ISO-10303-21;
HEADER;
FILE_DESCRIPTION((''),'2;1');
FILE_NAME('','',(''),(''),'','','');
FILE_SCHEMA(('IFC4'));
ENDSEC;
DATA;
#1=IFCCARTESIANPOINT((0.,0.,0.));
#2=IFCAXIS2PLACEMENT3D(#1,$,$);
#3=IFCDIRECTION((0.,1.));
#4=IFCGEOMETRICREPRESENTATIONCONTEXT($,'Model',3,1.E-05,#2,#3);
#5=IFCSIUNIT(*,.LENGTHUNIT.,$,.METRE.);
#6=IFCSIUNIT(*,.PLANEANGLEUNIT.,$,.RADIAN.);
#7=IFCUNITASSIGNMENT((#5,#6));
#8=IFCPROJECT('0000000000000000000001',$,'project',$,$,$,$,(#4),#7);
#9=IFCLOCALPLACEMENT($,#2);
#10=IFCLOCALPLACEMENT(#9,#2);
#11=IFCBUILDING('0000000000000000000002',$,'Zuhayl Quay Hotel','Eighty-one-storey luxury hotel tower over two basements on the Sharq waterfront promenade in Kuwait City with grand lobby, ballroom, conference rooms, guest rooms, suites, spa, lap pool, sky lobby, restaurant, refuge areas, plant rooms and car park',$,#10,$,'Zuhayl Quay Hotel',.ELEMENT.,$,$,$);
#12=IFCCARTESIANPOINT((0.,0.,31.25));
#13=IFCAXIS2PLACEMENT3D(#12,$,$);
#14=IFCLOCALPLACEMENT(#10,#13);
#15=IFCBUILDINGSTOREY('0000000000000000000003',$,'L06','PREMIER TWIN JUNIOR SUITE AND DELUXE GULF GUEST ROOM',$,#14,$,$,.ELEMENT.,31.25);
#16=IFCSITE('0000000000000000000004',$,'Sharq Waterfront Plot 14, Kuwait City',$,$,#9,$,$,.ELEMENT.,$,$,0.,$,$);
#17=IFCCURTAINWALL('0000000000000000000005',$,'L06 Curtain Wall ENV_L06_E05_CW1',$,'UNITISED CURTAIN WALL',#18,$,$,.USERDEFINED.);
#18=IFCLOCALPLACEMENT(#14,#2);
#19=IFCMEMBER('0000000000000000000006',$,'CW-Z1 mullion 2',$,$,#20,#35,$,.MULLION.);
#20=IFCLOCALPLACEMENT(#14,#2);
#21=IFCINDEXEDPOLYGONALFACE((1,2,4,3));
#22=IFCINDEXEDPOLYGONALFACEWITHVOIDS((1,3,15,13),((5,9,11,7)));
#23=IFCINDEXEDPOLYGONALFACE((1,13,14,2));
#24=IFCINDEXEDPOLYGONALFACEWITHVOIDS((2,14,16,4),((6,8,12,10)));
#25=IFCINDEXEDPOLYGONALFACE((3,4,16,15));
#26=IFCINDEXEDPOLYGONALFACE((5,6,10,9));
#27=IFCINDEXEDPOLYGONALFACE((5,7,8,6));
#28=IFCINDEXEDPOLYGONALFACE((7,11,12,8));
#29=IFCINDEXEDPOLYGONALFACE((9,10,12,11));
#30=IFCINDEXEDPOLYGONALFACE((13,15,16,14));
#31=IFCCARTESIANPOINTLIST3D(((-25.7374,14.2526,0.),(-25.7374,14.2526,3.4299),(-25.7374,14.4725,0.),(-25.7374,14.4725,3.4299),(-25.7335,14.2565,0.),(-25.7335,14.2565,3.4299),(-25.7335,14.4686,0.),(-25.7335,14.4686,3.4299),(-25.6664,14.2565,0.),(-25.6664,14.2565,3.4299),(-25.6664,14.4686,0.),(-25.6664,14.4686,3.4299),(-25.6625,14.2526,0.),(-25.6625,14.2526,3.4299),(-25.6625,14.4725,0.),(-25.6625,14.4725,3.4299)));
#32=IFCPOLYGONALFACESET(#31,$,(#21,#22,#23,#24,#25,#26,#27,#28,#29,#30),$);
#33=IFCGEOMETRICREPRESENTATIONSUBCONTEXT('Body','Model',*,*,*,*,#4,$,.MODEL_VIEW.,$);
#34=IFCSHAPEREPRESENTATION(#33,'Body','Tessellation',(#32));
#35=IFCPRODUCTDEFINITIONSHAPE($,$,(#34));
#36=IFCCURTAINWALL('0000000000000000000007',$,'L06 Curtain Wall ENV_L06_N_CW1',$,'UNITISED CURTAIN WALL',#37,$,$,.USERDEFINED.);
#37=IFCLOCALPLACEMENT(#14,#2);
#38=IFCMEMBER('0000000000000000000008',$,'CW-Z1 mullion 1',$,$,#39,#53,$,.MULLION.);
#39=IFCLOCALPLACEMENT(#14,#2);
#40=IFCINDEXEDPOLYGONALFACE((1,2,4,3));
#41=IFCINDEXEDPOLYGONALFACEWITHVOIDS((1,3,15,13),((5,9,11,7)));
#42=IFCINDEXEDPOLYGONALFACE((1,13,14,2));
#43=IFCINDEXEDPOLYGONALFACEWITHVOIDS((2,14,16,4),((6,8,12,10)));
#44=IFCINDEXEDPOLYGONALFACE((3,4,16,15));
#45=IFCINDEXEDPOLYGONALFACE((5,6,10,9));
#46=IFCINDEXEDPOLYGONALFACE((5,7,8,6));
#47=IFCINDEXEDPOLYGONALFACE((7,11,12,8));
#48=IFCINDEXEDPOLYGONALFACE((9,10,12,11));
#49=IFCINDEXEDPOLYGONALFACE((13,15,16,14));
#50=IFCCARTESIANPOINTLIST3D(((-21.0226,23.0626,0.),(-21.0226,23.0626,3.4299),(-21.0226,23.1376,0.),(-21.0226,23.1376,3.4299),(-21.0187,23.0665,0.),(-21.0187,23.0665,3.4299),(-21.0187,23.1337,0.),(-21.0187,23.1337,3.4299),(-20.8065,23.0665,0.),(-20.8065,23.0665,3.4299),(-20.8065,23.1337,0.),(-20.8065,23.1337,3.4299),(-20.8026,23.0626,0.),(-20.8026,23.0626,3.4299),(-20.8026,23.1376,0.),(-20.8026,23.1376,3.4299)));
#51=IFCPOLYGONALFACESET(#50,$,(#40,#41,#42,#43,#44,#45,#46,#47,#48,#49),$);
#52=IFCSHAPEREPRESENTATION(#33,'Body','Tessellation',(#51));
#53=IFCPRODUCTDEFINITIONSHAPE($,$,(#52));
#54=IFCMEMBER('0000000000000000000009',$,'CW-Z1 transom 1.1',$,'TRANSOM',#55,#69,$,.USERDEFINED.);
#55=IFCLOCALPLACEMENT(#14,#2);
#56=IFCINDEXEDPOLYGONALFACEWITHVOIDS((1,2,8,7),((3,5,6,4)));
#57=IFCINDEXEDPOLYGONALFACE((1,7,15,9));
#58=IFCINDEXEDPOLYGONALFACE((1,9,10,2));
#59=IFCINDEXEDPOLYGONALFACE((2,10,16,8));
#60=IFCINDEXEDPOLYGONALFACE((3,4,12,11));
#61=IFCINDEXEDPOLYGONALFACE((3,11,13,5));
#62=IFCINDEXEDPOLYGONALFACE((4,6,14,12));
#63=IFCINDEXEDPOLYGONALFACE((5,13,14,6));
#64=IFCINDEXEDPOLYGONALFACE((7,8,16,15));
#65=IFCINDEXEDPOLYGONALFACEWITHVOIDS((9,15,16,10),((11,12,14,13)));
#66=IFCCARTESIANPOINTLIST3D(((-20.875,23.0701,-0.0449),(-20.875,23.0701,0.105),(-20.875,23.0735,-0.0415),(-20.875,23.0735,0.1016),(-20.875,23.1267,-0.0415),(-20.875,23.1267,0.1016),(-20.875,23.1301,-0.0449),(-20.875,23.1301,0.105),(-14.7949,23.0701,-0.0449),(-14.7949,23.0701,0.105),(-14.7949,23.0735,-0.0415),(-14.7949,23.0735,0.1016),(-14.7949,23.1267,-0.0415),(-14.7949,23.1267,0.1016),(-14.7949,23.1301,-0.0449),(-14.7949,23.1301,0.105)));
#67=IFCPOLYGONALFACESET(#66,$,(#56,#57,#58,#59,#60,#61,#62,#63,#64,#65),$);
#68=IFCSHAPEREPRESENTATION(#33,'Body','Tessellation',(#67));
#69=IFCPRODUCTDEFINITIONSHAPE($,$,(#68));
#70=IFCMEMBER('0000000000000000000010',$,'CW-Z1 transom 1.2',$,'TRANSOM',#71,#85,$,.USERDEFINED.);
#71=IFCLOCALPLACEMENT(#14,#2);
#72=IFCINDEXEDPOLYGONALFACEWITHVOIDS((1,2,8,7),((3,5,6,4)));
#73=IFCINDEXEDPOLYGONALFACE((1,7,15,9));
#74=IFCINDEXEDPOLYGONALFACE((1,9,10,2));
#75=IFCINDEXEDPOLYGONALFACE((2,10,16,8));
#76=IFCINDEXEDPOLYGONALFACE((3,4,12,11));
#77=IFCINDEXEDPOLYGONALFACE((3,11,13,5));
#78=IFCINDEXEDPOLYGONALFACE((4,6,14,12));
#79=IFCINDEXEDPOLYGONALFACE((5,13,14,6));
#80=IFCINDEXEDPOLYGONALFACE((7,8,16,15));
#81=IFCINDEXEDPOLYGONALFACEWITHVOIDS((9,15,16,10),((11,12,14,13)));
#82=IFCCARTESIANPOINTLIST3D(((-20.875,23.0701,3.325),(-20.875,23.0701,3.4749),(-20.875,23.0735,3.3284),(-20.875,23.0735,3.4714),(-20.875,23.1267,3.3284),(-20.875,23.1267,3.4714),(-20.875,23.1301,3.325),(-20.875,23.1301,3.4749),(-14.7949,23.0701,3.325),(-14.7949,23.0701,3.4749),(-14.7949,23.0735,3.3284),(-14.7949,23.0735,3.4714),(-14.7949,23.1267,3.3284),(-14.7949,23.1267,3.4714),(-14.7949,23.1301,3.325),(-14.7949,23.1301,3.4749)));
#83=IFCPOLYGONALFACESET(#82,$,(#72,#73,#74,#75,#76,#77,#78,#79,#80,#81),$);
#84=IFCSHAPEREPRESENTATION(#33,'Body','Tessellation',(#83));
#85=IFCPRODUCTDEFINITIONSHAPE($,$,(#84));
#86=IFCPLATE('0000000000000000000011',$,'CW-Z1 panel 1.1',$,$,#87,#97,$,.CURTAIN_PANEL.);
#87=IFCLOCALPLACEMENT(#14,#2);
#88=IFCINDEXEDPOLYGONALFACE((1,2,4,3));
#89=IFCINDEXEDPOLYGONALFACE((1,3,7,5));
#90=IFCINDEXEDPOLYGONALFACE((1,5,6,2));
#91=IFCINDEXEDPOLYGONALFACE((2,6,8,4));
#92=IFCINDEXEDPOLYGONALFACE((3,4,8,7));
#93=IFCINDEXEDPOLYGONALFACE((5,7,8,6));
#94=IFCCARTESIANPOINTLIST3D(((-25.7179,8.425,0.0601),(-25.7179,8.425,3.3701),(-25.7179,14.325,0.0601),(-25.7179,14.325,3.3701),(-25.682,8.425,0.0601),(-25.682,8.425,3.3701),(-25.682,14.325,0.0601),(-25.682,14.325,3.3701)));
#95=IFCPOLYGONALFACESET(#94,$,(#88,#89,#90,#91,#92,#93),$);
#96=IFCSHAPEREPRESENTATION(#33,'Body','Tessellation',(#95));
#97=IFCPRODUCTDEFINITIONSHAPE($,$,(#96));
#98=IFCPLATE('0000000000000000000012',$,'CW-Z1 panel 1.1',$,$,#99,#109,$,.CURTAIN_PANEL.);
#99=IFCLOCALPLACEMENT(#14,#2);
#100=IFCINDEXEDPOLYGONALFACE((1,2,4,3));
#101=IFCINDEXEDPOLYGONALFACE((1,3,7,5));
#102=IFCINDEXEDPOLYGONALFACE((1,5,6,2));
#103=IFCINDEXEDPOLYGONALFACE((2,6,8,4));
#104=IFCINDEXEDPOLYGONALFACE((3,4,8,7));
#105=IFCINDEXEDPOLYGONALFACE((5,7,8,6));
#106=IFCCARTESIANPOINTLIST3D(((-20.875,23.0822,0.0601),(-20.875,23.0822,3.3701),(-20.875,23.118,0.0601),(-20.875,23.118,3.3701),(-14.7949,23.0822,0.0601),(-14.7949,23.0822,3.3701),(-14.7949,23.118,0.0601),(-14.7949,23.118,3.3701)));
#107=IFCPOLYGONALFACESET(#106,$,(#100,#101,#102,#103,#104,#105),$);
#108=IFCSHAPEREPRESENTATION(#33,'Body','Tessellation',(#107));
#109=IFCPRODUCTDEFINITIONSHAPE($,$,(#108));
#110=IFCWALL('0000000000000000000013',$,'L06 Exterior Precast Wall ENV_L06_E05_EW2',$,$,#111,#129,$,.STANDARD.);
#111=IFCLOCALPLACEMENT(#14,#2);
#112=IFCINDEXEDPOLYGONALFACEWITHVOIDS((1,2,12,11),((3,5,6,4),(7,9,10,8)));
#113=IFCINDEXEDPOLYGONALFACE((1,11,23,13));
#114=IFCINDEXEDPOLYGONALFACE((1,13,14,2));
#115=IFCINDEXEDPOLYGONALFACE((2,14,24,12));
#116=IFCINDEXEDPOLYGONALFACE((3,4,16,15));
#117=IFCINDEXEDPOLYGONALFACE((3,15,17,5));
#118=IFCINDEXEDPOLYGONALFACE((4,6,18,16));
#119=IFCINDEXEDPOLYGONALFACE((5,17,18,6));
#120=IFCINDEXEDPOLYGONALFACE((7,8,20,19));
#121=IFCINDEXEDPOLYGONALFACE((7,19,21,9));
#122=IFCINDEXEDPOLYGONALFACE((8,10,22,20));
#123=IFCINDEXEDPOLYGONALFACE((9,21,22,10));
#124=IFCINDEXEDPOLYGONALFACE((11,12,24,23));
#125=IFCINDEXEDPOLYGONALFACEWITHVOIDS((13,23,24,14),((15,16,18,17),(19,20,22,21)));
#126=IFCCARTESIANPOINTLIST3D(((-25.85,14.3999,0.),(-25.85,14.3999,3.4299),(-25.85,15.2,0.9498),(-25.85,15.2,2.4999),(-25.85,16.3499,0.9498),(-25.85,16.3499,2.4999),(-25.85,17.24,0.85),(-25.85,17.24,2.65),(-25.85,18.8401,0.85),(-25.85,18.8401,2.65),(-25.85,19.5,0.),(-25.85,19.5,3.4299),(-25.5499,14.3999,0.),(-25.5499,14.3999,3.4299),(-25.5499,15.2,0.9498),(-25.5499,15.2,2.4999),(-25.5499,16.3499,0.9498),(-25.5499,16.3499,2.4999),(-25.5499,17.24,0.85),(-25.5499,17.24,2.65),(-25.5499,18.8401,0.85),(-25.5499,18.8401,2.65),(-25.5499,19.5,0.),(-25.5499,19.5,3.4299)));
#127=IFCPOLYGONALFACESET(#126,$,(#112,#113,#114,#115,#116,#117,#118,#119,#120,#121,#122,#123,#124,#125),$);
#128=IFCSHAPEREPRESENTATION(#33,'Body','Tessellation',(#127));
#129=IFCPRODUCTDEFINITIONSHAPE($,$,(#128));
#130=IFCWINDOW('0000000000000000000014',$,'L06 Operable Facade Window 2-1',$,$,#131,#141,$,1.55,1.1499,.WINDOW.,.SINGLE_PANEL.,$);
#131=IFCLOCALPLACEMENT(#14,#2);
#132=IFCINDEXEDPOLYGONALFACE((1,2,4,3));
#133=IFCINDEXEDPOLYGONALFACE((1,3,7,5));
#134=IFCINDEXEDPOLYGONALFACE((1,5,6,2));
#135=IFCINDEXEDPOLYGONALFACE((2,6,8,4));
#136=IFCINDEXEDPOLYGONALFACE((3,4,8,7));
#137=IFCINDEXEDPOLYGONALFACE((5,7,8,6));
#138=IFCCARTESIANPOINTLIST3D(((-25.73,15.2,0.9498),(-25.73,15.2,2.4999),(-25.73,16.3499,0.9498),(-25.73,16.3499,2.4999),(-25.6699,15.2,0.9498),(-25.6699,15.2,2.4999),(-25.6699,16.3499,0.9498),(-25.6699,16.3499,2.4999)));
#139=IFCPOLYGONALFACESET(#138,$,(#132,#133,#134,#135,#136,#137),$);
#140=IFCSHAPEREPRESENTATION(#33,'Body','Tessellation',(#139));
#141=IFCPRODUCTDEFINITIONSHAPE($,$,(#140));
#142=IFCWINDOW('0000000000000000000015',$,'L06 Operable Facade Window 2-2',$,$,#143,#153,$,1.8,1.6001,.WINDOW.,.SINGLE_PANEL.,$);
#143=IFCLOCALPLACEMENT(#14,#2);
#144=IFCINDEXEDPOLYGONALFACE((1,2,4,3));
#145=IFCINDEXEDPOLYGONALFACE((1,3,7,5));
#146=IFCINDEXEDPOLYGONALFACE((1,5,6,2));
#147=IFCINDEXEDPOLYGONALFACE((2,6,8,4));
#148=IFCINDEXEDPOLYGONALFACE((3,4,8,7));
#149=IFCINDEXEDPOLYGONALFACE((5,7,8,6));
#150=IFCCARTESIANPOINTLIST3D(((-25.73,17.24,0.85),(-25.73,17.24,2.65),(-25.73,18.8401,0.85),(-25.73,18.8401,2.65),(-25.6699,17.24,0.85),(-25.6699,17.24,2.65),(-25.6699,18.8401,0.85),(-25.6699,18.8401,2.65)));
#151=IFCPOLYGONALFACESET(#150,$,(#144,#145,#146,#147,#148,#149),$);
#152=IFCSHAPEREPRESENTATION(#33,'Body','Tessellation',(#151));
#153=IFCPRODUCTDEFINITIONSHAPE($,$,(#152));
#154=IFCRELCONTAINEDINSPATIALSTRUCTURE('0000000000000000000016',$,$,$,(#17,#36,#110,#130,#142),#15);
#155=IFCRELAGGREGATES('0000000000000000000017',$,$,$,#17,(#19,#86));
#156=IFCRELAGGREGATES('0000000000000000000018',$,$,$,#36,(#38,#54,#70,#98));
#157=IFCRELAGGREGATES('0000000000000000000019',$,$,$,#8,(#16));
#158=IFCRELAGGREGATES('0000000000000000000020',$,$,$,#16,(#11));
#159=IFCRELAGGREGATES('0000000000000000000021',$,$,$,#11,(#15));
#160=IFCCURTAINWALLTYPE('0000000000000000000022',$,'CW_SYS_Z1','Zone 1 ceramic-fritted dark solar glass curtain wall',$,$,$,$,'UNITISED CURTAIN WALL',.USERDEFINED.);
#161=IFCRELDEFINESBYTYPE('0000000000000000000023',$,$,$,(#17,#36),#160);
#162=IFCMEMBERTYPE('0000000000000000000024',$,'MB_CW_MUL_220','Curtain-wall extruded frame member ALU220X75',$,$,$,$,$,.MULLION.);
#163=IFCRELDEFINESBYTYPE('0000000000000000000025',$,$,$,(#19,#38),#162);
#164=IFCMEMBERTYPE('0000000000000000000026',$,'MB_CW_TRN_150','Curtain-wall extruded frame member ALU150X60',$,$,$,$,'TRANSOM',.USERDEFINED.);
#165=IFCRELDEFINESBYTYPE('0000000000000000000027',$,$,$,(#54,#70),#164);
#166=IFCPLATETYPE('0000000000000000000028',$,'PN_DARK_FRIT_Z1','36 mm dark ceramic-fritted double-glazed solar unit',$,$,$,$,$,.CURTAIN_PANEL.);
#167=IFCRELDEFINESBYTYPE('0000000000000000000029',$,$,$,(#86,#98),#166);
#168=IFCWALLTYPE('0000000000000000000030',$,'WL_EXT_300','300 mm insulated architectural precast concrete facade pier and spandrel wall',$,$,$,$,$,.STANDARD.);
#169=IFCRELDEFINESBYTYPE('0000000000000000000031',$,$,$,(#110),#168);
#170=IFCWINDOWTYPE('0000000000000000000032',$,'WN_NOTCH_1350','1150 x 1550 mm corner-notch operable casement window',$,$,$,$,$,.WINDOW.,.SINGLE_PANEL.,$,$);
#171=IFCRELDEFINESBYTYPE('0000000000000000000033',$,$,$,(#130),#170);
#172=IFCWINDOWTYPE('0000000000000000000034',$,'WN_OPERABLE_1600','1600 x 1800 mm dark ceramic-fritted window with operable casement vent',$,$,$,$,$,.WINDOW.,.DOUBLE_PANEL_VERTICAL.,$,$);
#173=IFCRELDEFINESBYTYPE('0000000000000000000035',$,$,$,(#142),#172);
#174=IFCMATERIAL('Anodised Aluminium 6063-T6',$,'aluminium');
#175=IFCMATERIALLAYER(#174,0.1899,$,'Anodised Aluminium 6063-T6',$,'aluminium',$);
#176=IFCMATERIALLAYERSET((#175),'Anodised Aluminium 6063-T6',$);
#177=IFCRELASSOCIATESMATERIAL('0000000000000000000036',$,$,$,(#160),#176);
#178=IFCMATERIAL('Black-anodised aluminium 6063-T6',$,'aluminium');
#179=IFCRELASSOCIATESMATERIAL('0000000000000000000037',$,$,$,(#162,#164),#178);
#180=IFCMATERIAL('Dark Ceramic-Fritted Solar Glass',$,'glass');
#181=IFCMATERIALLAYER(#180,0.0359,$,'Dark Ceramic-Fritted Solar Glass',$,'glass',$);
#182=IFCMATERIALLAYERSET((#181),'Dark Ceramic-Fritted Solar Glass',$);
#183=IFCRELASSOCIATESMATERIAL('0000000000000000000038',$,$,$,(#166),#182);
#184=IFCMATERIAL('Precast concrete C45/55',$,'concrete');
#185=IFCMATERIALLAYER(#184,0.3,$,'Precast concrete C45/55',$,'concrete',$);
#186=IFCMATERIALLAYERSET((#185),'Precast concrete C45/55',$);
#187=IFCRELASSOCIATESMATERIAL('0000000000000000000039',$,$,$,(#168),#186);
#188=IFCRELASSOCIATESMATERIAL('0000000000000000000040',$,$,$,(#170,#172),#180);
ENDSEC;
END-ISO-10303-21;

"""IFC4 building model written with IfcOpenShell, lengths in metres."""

from ifc_helpers import new_model, si_unit, direction, frame, frame_2d, origin, origin_2d, place, context, subcontext, project, spatial, rectangle, hollow_rectangle, extrude, material, layer, layer_set, material_profile, profile_set, type_object, element, fill, aggregate, save


model = new_model("IFC4")

# Units and contexts
model_context = context("Model", 3, precision=1e-05, world=origin(), true_north=direction((0.0, 1.0)))
body_context = subcontext(model_context, "Body", "Model", "MODEL_VIEW")
ifc_project = project(units=[si_unit("LENGTHUNIT", "METRE"), si_unit("PLANEANGLEUNIT", "RADIAN")], contexts=[model_context])

# Site, building, storey
site_placement = place(None, origin())
site = spatial("IfcSite", under=ifc_project, at=site_placement, Name="Sharq Waterfront Plot 14, Kuwait City", CompositionType="ELEMENT", RefElevation=0.0)
building_placement = place(site_placement, origin())
building = spatial("IfcBuilding", under=site, at=building_placement, Name="Zuhayl Quay Hotel", Description="Eighty-one-storey luxury hotel tower over two basements on the Sharq waterfront promenade in Kuwait City with grand lobby, ballroom, conference rooms, guest rooms, suites, spa, lap pool, sky lobby, restaurant, refuge areas, plant rooms and car park", LongName="Zuhayl Quay Hotel", CompositionType="ELEMENT")
storey_placement = place(building_placement, frame((0.0, 0.0, 31.25)))
storey = spatial("IfcBuildingStorey", under=building, at=storey_placement, Name="L06", Description="PREMIER TWIN JUNIOR SUITE AND DELUXE GULF GUEST ROOM", CompositionType="ELEMENT", Elevation=31.25)

# Curtain wall, member
ifc_material_1 = material(Name="Anodised Aluminium 6063-T6", Category="aluminium")
ifc_layer_1 = layer(ifc_material_1, 0.1899, Name="Anodised Aluminium 6063-T6", Category="aluminium")
ifc_layer_set_1 = layer_set([ifc_layer_1], Name="Anodised Aluminium 6063-T6")
curtain_wall_type = type_object("IfcCurtainWallType", Name="CW_SYS_Z1", Description="Zone 1 ceramic-fritted dark solar glass curtain wall", ElementType="UNITISED CURTAIN WALL", PredefinedType="USERDEFINED", material=ifc_layer_set_1)
curtain_wall_1_placement = place(storey_placement, origin())
curtain_wall_1 = element("IfcCurtainWall", 1, at=curtain_wall_1_placement, inside=storey, type_object=curtain_wall_type, Name="L06 Curtain Wall ENV_L06_E05_CW1", ObjectType="UNITISED CURTAIN WALL", PredefinedType="USERDEFINED")
ifc_material_2 = material(Name="Black-anodised aluminium 6063-T6", Category="aluminium")
ifc_material_profile_1 = material_profile(ifc_material_2, hollow_rectangle(XDim=0.075, YDim=0.22, WallThickness=0.0039, at=origin_2d()), Name="ALU220X75")
ifc_profile_set_1 = profile_set([ifc_material_profile_1], Name="Black-anodised aluminium 6063-T6")
member_type_1 = type_object("IfcMemberType", Name="MB_CW_MUL_220", Description="Curtain-wall extruded frame member ALU220X75", PredefinedType="MULLION", material=ifc_profile_set_1)
member_1_placement = place(storey_placement, frame((-25.7, 14.3625, 0.0), z_axis=(0.0, 0.0, 1.0), x_axis=(-1.0, 0.0, 0.0)))
member_1 = element("IfcMember", 2, at=member_1_placement, type_object=member_type_1, Name="CW-Z1 mullion 2", PredefinedType="MULLION", context=body_context, shape_type="SweptSolid", body=[
    extrude(hollow_rectangle(XDim=0.075, YDim=0.22, WallThickness=0.0039, at=origin_2d()), origin(), (0.0, 0.0, 1.0), 3.4299),
])

# Curtain wall, members
curtain_wall_2_placement = place(storey_placement, origin())
curtain_wall_2 = element("IfcCurtainWall", 3, at=curtain_wall_2_placement, inside=storey, type_object=curtain_wall_type, Name="L06 Curtain Wall ENV_L06_N_CW1", ObjectType="UNITISED CURTAIN WALL", PredefinedType="USERDEFINED")
member_2_placement = place(storey_placement, frame((-20.9126, 23.1001, 0.0), z_axis=(0.0, 0.0, 1.0), x_axis=(0.0, 1.0, 0.0)))
member_2 = element("IfcMember", 4, at=member_2_placement, type_object=member_type_1, Name="CW-Z1 mullion 1", PredefinedType="MULLION", context=body_context, shape_type="SweptSolid", body=[
    extrude(hollow_rectangle(XDim=0.075, YDim=0.22, WallThickness=0.0039, at=origin_2d()), origin(), (0.0, 0.0, 1.0), 3.4299),
])
ifc_material_profile_2 = material_profile(ifc_material_2, hollow_rectangle(XDim=0.0601, YDim=0.1499, WallThickness=0.0034, at=origin_2d()), Name="ALU150X60")
ifc_profile_set_2 = profile_set([ifc_material_profile_2], Name="Black-anodised aluminium 6063-T6")
member_type_2 = type_object("IfcMemberType", Name="MB_CW_TRN_150", Description="Curtain-wall extruded frame member ALU150X60", ElementType="TRANSOM", PredefinedType="USERDEFINED", material=ifc_profile_set_2)
member_3_placement = place(storey_placement, frame((-20.875, 23.1001, 0.03), z_axis=(1.0, 0.0, 0.0), x_axis=(0.0, 1.0, 0.0)))
member_3 = element("IfcMember", 5, at=member_3_placement, type_object=member_type_2, Name="CW-Z1 transom 1.1", ObjectType="TRANSOM", PredefinedType="USERDEFINED", context=body_context, shape_type="SweptSolid", body=[
    extrude(hollow_rectangle(XDim=0.0601, YDim=0.1499, WallThickness=0.0034, at=origin_2d()), origin(), (0.0, 0.0, 1.0), 6.0801),
])
member_4_placement = place(storey_placement, frame((-20.875, 23.1001, 3.3999), z_axis=(1.0, 0.0, 0.0), x_axis=(0.0, 1.0, 0.0)))
member_4 = element("IfcMember", 6, at=member_4_placement, type_object=member_type_2, Name="CW-Z1 transom 1.2", ObjectType="TRANSOM", PredefinedType="USERDEFINED", context=body_context, shape_type="SweptSolid", body=[
    extrude(hollow_rectangle(XDim=0.0601, YDim=0.1499, WallThickness=0.0034, at=origin_2d()), origin(), (0.0, 0.0, 1.0), 6.0801),
])

# Plates
ifc_material_3 = material(Name="Dark Ceramic-Fritted Solar Glass", Category="glass")
ifc_layer_2 = layer(ifc_material_3, 0.0359, Name="Dark Ceramic-Fritted Solar Glass", Category="glass")
ifc_layer_set_2 = layer_set([ifc_layer_2], Name="Dark Ceramic-Fritted Solar Glass")
plate_type = type_object("IfcPlateType", Name="PN_DARK_FRIT_Z1", Description="36 mm dark ceramic-fritted double-glazed solar unit", PredefinedType="CURTAIN_PANEL", material=ifc_layer_set_2)
plate_1_placement = place(storey_placement, frame((-25.7, 11.375, 0.0601), z_axis=(0.0, 0.0, 1.0), x_axis=(0.0, 1.0, 0.0)))
plate_1 = element("IfcPlate", 7, at=plate_1_placement, type_object=plate_type, Name="CW-Z1 panel 1.1", PredefinedType="CURTAIN_PANEL", context=body_context, shape_type="SweptSolid", body=[
    extrude(rectangle(XDim=5.8999, YDim=0.0359, at=origin_2d()), origin(), (0.0, 0.0, 1.0), 3.3101),
])
aggregate(curtain_wall_1, [member_1, plate_1])
plate_2_placement = place(storey_placement, frame((-17.835, 23.1001, 0.0601), z_axis=(0.0, 0.0, 1.0), x_axis=(1.0, 0.0, 0.0)))
plate_2 = element("IfcPlate", 8, at=plate_2_placement, type_object=plate_type, Name="CW-Z1 panel 1.1", PredefinedType="CURTAIN_PANEL", context=body_context, shape_type="SweptSolid", body=[
    extrude(rectangle(XDim=6.0801, YDim=0.0359, at=origin_2d()), origin(), (0.0, 0.0, 1.0), 3.3101),
])
aggregate(curtain_wall_2, [member_2, member_3, member_4, plate_2])

# Wall, openings, windows
ifc_material_4 = material(Name="Precast concrete C45/55", Category="concrete")
ifc_layer_3 = layer(ifc_material_4, 0.3, Name="Precast concrete C45/55", Category="concrete")
ifc_layer_set_3 = layer_set([ifc_layer_3], Name="Precast concrete C45/55")
wall_type_1 = type_object("IfcWallType", Name="WL_EXT_300", Description="300 mm insulated architectural precast concrete facade pier and spandrel wall", PredefinedType="STANDARD", material=ifc_layer_set_3)
wall_1_placement = place(storey_placement, frame((-25.7, 14.3999, 0.0), z_axis=(0.0, 0.0, 1.0), x_axis=(0.0, 1.0, 0.0)))
wall_1 = element("IfcWall", 9, at=wall_1_placement, inside=storey, type_object=wall_type_1, Name="L06 Exterior Precast Wall ENV_L06_E05_EW2", PredefinedType="STANDARD", context=body_context, shape_type="SweptSolid", body=[
    extrude(rectangle(XDim=5.1001, YDim=0.3, at=frame_2d((2.55, 0.0))), origin(), (0.0, 0.0, 1.0), 3.4299),
])
opening_1_placement = place(wall_1_placement, frame((0.8, 0.0, 0.95)))
opening_1 = element("IfcOpeningElement", 10, at=opening_1_placement, cuts=wall_1, PredefinedType="OPENING", context=body_context, shape_type="SweptSolid", body=[
    extrude(rectangle(XDim=1.1499, YDim=1.55, at=frame_2d((0.575, 0.7749))), frame((0.0, 0.1599, 0.0), z_axis=(0.0, -1.0, 0.0), x_axis=(1.0, 0.0, 0.0)), (0.0, 0.0, 1.0), 0.3201),
])
opening_2_placement = place(wall_1_placement, frame((2.8401, 0.0, 0.8501)))
opening_2 = element("IfcOpeningElement", 11, at=opening_2_placement, cuts=wall_1, PredefinedType="OPENING", context=body_context, shape_type="SweptSolid", body=[
    extrude(rectangle(XDim=1.6001, YDim=1.8, at=frame_2d((0.8, 0.8999))), frame((0.0, 0.1599, 0.0), z_axis=(0.0, -1.0, 0.0), x_axis=(1.0, 0.0, 0.0)), (0.0, 0.0, 1.0), 0.3201),
])
window_type_1 = type_object("IfcWindowType", Name="WN_NOTCH_1350", Description="1150 x 1550 mm corner-notch operable casement window", PartitioningType="SINGLE_PANEL", PredefinedType="WINDOW", material=ifc_material_3)
window_1_placement = place(opening_1_placement, origin())
window_1 = element("IfcWindow", 12, at=window_1_placement, inside=storey, type_object=window_type_1, Name="L06 Operable Facade Window 2-1", OverallHeight=1.55, OverallWidth=1.1499, PartitioningType="SINGLE_PANEL", PredefinedType="WINDOW", context=body_context, shape_type="SweptSolid", body=[
    extrude(rectangle(XDim=1.1499, YDim=1.55, at=frame_2d((0.575, 0.7749))), frame((0.0, 0.03, 0.0), z_axis=(0.0, -1.0, 0.0), x_axis=(1.0, 0.0, 0.0)), (0.0, 0.0, 1.0), 0.0601),
])
fill(opening_1, window_1)
window_type_2 = type_object("IfcWindowType", Name="WN_OPERABLE_1600", Description="1600 x 1800 mm dark ceramic-fritted window with operable casement vent", PartitioningType="DOUBLE_PANEL_VERTICAL", PredefinedType="WINDOW", material=ifc_material_3)
window_2_placement = place(opening_2_placement, origin())
window_2 = element("IfcWindow", 13, at=window_2_placement, inside=storey, type_object=window_type_2, Name="L06 Operable Facade Window 2-2", OverallHeight=1.8, OverallWidth=1.6001, PartitioningType="SINGLE_PANEL", PredefinedType="WINDOW", context=body_context, shape_type="SweptSolid", body=[
    extrude(rectangle(XDim=1.6001, YDim=1.8, at=frame_2d((0.8, 0.8999))), frame((0.0, 0.03, 0.0), z_axis=(0.0, -1.0, 0.0), x_axis=(1.0, 0.0, 0.0)), (0.0, 0.0, 1.0), 0.0601),
])
fill(opening_2, window_2)

save(model, "model.ifc")
